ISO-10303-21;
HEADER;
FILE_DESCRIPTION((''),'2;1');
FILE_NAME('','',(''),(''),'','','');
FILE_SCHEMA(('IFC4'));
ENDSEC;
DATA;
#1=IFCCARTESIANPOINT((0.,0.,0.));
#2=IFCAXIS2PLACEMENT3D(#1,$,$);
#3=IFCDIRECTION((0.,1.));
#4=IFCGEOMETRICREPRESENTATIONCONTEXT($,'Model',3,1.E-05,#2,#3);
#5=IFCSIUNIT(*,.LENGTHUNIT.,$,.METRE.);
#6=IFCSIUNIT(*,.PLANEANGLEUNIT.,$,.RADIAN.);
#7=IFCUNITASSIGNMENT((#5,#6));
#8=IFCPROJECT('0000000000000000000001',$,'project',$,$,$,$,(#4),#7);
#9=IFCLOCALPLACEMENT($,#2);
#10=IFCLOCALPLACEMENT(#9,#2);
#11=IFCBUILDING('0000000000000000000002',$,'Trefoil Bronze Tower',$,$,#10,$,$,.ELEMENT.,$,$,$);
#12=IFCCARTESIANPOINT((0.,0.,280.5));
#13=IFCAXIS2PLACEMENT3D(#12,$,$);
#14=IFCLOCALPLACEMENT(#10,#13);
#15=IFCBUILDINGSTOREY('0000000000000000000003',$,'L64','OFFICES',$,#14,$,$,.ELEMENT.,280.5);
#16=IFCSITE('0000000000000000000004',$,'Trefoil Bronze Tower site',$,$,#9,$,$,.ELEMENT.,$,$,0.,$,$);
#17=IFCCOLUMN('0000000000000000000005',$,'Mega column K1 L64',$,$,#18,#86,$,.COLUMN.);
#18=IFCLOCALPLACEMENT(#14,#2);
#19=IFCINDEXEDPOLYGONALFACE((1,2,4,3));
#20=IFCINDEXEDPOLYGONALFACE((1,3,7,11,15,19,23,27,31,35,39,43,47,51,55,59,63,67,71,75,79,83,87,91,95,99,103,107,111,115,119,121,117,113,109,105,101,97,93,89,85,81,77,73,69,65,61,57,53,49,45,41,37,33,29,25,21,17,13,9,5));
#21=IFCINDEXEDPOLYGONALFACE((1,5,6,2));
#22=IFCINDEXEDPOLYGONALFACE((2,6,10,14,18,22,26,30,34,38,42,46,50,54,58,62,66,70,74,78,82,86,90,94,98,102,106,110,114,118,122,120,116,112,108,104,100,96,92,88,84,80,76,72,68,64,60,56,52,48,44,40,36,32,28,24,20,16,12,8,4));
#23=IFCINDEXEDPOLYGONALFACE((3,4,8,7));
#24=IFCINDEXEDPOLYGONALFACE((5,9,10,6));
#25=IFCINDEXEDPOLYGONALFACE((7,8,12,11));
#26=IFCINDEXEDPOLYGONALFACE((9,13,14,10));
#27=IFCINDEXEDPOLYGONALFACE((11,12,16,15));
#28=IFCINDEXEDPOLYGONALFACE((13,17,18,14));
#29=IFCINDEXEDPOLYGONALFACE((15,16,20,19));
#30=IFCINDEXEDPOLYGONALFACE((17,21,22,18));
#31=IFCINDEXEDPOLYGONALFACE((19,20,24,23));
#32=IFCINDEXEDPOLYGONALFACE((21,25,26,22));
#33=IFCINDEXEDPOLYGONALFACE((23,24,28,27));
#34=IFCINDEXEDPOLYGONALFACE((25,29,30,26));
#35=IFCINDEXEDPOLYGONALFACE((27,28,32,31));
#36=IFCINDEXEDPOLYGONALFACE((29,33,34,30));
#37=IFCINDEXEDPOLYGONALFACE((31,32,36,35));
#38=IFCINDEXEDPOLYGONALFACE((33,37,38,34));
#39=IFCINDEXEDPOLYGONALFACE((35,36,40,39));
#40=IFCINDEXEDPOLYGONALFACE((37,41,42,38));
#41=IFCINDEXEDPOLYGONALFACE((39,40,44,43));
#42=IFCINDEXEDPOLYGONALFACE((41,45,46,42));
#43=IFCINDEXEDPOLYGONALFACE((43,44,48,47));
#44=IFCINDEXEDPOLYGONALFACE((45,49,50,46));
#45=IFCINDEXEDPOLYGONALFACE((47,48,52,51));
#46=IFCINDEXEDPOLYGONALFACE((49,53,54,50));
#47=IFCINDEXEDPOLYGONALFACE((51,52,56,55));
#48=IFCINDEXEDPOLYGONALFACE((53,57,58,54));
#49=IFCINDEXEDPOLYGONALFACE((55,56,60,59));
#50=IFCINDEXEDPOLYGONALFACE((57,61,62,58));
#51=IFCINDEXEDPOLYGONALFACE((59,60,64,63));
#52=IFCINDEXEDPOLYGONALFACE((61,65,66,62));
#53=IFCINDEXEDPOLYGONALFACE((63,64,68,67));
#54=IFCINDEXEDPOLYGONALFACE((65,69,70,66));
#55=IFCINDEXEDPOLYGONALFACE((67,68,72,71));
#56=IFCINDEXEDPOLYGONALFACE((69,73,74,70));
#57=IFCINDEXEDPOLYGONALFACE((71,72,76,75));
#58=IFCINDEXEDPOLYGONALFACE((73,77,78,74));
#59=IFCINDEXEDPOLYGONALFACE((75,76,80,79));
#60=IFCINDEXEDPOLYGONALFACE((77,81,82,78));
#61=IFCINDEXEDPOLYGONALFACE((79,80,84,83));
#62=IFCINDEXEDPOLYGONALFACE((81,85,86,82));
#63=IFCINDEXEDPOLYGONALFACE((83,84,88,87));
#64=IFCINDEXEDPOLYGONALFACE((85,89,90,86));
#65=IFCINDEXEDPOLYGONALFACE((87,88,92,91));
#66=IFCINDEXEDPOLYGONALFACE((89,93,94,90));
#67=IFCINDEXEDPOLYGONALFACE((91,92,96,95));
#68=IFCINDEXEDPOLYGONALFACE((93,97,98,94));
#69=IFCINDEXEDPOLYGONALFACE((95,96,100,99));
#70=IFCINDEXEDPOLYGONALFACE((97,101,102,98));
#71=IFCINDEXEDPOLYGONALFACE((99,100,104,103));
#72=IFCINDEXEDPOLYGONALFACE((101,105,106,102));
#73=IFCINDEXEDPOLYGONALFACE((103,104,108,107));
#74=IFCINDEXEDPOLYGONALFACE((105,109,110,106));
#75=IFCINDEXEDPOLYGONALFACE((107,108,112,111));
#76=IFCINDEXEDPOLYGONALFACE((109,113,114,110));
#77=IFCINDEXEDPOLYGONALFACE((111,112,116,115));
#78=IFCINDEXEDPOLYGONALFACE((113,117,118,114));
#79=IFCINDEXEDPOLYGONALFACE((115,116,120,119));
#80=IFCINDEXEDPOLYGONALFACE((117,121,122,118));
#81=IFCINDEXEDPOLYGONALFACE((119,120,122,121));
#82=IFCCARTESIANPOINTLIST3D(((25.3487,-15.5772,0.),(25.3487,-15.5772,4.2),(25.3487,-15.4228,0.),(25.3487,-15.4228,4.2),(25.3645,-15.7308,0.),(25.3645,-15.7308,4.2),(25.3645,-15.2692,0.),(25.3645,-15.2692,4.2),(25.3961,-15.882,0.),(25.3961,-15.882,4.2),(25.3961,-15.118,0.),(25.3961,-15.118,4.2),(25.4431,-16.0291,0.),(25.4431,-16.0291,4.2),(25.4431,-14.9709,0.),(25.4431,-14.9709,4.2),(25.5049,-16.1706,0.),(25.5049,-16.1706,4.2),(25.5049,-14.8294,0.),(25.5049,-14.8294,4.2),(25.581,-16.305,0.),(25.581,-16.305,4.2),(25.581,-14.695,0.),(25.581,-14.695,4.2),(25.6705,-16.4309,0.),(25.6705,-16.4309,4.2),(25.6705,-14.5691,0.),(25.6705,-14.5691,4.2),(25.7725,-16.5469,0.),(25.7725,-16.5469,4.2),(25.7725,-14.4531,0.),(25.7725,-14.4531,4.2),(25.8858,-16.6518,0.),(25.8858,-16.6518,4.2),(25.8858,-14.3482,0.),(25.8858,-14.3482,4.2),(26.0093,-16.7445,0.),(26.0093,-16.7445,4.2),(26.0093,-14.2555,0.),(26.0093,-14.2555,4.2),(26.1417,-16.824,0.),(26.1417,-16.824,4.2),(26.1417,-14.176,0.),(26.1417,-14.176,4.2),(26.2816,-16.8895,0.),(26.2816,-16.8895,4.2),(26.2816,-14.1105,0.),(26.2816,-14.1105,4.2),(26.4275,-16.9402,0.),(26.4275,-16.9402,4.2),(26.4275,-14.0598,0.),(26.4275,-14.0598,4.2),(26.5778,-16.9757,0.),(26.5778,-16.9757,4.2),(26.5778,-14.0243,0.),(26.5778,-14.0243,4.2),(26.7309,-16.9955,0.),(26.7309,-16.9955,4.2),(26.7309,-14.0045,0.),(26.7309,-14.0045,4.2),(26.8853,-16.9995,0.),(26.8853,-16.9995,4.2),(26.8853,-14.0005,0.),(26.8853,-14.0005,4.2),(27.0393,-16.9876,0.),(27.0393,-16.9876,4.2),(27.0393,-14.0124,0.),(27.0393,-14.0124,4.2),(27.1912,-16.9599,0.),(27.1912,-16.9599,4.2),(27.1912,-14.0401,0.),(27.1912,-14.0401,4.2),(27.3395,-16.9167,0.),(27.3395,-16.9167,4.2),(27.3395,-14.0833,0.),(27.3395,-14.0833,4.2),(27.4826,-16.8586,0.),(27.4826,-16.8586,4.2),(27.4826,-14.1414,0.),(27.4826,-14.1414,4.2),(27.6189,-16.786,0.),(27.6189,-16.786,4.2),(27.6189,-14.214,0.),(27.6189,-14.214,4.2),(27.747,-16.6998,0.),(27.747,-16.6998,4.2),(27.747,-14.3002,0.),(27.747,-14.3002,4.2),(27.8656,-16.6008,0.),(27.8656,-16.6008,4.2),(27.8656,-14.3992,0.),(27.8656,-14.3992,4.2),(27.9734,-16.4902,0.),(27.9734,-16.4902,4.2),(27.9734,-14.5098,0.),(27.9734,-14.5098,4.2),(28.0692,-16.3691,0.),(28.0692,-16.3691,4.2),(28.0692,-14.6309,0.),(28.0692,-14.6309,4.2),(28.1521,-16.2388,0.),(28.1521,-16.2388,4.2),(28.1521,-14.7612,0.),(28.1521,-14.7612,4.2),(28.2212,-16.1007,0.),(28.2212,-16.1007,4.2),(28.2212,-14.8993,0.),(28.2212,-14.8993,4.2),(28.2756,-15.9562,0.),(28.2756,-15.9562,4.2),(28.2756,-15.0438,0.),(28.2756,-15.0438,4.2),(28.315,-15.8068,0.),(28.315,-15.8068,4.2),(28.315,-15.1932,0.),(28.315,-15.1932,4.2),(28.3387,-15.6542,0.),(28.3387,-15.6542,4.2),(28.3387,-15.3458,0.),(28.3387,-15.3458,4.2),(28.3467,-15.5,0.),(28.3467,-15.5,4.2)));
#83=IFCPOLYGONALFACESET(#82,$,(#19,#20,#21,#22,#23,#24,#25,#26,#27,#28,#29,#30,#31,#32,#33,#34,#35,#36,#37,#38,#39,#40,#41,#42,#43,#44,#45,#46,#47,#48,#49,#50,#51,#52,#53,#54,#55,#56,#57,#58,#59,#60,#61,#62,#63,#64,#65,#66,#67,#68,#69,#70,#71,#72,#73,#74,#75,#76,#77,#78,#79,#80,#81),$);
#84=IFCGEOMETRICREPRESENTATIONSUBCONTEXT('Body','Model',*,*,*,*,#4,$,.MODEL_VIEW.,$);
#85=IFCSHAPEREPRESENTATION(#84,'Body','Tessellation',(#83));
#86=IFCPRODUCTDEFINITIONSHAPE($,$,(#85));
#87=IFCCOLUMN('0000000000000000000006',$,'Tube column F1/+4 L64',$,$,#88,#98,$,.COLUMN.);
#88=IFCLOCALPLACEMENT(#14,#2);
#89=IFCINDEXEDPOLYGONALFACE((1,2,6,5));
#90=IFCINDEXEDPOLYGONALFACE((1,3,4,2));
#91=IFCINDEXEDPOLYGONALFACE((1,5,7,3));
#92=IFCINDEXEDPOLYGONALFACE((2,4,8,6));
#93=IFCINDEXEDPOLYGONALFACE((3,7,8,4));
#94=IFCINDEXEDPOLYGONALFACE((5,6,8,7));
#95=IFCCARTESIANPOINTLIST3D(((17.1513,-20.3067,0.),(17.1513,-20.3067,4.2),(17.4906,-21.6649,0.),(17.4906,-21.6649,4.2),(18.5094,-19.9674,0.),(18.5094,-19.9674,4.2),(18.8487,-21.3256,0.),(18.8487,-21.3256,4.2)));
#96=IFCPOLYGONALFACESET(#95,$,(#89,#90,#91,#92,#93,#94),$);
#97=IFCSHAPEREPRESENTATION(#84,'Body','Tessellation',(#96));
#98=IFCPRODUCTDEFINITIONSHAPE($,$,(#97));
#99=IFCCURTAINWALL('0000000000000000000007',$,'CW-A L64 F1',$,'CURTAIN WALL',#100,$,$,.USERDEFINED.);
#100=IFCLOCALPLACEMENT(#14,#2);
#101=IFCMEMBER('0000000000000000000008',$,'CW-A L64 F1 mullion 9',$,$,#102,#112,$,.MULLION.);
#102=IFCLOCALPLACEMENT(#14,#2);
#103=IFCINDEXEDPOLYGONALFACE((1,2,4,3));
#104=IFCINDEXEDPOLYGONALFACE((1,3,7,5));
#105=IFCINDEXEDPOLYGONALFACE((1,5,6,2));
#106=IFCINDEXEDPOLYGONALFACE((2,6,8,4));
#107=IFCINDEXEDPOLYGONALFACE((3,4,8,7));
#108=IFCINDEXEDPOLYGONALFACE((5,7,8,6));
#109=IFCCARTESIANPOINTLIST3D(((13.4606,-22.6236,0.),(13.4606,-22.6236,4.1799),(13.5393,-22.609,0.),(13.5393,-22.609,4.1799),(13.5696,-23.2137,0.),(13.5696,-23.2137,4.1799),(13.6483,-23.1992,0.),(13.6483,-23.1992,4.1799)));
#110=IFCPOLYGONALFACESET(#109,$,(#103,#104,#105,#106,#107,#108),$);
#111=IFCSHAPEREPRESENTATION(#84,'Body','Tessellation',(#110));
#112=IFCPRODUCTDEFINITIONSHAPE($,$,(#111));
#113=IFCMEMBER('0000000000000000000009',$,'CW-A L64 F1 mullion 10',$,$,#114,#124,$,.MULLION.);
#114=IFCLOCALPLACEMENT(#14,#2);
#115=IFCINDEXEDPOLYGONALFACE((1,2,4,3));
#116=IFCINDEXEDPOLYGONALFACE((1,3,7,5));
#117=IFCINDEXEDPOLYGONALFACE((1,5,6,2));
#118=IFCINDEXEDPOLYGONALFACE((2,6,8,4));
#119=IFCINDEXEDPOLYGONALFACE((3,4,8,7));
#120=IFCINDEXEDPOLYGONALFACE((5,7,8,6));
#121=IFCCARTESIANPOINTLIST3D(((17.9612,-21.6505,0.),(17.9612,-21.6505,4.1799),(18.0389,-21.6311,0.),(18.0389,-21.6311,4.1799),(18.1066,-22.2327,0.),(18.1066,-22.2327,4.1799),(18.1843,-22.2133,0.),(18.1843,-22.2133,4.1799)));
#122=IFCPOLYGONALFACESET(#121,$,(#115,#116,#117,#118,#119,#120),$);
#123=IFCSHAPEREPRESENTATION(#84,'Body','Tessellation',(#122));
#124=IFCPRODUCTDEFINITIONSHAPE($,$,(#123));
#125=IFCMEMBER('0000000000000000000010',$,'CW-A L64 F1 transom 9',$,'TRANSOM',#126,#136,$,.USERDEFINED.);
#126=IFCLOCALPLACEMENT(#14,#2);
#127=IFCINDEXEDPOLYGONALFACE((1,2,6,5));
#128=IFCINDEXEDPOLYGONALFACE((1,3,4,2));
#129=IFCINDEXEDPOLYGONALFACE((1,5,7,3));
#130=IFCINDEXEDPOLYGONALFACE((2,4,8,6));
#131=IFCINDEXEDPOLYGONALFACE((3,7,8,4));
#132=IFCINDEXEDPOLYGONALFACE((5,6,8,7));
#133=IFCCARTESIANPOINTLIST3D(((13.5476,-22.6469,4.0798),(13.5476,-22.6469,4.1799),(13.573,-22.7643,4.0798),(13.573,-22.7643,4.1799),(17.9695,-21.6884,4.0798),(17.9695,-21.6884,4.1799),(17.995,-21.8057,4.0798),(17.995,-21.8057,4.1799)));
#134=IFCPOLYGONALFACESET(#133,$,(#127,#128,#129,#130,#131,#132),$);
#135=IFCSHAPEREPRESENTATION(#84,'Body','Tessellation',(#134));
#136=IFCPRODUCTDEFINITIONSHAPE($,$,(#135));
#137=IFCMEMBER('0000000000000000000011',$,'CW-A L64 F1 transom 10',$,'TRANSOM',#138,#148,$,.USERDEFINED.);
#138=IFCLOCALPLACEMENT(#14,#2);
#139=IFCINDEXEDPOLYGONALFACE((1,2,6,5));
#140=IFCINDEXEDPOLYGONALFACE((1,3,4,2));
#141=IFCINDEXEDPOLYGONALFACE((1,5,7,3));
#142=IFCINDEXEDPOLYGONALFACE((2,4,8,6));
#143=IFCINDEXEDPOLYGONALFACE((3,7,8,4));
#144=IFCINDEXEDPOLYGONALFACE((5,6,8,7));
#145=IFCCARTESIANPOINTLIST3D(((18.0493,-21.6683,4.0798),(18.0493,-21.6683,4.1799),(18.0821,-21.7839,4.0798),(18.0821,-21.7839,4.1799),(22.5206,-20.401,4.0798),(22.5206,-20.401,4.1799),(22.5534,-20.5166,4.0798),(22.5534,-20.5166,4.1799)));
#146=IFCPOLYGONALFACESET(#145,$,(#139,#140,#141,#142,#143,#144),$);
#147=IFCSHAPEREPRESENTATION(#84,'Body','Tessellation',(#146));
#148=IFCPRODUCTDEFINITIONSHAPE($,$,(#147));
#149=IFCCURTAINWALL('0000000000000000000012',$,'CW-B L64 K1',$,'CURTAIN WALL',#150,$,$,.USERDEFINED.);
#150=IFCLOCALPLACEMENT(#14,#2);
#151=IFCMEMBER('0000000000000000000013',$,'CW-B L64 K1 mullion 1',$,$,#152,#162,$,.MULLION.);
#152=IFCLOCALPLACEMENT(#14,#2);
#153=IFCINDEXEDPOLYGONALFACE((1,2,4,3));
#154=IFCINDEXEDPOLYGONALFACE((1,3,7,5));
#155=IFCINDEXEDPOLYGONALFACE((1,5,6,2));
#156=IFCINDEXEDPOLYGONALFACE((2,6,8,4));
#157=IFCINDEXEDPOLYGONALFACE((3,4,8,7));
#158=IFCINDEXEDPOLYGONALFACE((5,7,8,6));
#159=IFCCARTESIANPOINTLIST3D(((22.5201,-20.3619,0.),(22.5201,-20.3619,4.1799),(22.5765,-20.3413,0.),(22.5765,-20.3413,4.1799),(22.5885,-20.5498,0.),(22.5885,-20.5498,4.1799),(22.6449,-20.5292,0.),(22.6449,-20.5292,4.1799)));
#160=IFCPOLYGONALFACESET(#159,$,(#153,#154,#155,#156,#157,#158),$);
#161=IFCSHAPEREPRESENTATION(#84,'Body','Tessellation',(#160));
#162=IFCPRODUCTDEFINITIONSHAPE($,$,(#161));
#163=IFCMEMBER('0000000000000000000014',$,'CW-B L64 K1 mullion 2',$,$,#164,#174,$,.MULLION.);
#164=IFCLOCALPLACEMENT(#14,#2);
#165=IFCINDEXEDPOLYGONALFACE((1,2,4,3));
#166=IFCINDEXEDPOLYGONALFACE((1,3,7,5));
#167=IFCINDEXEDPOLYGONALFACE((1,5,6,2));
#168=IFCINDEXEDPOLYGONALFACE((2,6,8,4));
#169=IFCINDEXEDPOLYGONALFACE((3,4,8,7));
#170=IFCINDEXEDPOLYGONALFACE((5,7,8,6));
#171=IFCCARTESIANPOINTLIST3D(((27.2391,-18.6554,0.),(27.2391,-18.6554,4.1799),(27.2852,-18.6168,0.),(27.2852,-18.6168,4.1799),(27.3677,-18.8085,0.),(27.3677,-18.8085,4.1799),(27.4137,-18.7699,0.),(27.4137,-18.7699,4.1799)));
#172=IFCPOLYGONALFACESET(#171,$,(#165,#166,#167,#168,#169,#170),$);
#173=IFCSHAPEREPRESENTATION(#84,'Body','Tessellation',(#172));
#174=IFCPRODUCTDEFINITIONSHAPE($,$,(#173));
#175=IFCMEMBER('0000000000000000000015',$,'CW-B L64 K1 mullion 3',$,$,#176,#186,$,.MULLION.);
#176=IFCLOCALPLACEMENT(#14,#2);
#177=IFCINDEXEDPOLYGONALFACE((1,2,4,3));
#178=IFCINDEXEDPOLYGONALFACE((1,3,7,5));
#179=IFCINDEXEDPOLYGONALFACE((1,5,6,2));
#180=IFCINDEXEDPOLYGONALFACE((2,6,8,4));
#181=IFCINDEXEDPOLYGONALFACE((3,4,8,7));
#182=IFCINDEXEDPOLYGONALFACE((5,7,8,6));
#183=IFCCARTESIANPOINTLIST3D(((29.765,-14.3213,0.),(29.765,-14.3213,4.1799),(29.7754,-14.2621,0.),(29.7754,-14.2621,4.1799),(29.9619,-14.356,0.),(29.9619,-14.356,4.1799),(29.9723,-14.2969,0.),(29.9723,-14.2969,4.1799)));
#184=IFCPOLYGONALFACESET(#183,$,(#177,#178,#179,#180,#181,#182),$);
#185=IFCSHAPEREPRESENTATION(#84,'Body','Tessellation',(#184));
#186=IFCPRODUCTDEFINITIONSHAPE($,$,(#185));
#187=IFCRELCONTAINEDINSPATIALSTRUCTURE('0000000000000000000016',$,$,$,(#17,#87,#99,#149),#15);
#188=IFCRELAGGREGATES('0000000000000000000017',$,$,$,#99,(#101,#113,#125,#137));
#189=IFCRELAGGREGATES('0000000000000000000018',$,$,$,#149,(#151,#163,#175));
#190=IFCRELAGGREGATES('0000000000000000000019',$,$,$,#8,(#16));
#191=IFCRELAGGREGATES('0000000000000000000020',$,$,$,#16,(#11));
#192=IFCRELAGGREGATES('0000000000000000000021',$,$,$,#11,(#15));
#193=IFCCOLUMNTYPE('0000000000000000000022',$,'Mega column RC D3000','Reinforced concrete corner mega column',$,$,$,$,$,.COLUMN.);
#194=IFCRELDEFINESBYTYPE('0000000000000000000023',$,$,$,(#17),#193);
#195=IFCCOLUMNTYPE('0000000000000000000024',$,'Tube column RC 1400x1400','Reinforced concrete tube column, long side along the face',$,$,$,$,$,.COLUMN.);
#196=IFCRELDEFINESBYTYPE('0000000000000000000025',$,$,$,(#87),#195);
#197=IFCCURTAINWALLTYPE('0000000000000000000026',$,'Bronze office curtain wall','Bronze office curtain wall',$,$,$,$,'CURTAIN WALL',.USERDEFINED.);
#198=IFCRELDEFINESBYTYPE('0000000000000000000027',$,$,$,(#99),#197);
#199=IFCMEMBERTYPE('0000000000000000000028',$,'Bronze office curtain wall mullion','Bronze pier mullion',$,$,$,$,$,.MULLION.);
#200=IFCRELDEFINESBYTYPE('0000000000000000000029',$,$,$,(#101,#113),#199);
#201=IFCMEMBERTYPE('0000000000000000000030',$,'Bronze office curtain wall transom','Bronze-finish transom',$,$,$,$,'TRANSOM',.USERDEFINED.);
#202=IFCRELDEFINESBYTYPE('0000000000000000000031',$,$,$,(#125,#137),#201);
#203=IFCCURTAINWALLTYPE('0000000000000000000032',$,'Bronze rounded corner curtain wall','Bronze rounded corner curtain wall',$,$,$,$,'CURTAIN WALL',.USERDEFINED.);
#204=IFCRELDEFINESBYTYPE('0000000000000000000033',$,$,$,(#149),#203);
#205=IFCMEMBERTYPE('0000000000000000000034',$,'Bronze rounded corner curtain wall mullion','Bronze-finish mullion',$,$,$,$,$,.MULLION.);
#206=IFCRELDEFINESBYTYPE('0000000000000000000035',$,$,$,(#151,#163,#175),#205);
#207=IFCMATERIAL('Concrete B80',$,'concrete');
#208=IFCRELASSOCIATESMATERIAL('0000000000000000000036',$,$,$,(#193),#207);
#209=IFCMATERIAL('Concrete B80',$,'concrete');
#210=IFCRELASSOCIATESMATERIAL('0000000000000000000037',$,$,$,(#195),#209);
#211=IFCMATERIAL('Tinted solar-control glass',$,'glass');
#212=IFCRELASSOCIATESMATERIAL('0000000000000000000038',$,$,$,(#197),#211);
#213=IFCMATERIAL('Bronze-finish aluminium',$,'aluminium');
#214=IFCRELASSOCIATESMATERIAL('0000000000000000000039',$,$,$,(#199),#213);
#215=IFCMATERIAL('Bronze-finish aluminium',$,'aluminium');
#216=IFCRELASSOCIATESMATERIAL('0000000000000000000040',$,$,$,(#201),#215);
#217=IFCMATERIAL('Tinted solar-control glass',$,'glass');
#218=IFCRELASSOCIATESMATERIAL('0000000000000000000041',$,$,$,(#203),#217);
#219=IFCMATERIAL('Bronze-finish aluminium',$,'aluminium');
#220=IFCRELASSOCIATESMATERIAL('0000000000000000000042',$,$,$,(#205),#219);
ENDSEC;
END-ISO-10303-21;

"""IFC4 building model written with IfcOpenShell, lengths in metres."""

from ifc_helpers import new_model, si_unit, direction, frame, origin, origin_2d, place, context, subcontext, project, spatial, rectangle, circle, extrude, material, material_profile, profile_set, type_object, element, aggregate, save


model = new_model("IFC4")

# Units and contexts
model_context = context("Model", 3, precision=1e-05, world=origin(), true_north=direction((0.0, 1.0)))
body_context = subcontext(model_context, "Body", "Model", "MODEL_VIEW")
ifc_project = project(units=[si_unit("LENGTHUNIT", "METRE"), si_unit("PLANEANGLEUNIT", "RADIAN")], contexts=[model_context])

# Site, building, storey
site_placement = place(None, origin())
site = spatial("IfcSite", under=ifc_project, at=site_placement, Name="Trefoil Bronze Tower site", CompositionType="ELEMENT", RefElevation=0.0)
building_placement = place(site_placement, origin())
building = spatial("IfcBuilding", under=site, at=building_placement, Name="Trefoil Bronze Tower", CompositionType="ELEMENT")
storey_placement = place(building_placement, frame((0.0, 0.0, 280.5)))
storey = spatial("IfcBuildingStorey", under=building, at=storey_placement, Name="L64", Description="OFFICES", CompositionType="ELEMENT", Elevation=280.5)

# Columns
ifc_material_1 = material(Name="Concrete B80", Category="concrete")
ifc_material_profile_1 = material_profile(ifc_material_1, circle(Radius=1.5, at=origin_2d()), Name="RC D3000")
ifc_profile_set_1 = profile_set([ifc_material_profile_1], Name="Concrete B80")
column_type_1 = type_object("IfcColumnType", Name="Mega column RC D3000", Description="Reinforced concrete corner mega column", PredefinedType="COLUMN", material=ifc_profile_set_1)
column_1_placement = place(storey_placement, frame((26.8467, -15.5, 0.0), z_axis=(0.0, 0.0, 1.0), x_axis=(1.0, 0.0, 0.0)))
element("IfcColumn", 1, at=column_1_placement, inside=storey, type_object=column_type_1, Name="Mega column K1 L64", PredefinedType="COLUMN", context=body_context, shape_type="SweptSolid", body=[
    extrude(circle(Radius=1.5, at=origin_2d()), origin(), (0.0, 0.0, 1.0), 4.2),
])
ifc_material_2 = material(Name="Concrete B80", Category="concrete")
ifc_material_profile_2 = material_profile(ifc_material_2, rectangle(XDim=1.3999, YDim=1.3999, at=origin_2d()), Name="RC 1400x1400")
ifc_profile_set_2 = profile_set([ifc_material_profile_2], Name="Concrete B80")
column_type_2 = type_object("IfcColumnType", Name="Tube column RC 1400x1400", Description="Reinforced concrete tube column, long side along the face", PredefinedType="COLUMN", material=ifc_profile_set_2)
column_2_placement = place(storey_placement, frame((18.0, -20.8162, 0.0), z_axis=(0.0, 0.0, 1.0), x_axis=(0.970178, 0.242394, 0.0)))
element("IfcColumn", 2, at=column_2_placement, inside=storey, type_object=column_type_2, Name="Tube column F1/+4 L64", PredefinedType="COLUMN", context=body_context, shape_type="SweptSolid", body=[
    extrude(rectangle(XDim=1.3999, YDim=1.3999, at=origin_2d()), origin(), (0.0, 0.0, 1.0), 4.2),
])

# Curtain walls, members
ifc_material_3 = material(Name="Tinted solar-control glass", Category="glass")
curtain_wall_type_1 = type_object("IfcCurtainWallType", Name="Bronze office curtain wall", Description="Bronze office curtain wall", ElementType="CURTAIN WALL", PredefinedType="USERDEFINED", material=ifc_material_3)
curtain_wall_1_placement = place(storey_placement, origin())
curtain_wall_1 = element("IfcCurtainWall", 3, at=curtain_wall_1_placement, inside=storey, type_object=curtain_wall_type_1, Name="CW-A L64 F1", ObjectType="CURTAIN WALL", PredefinedType="USERDEFINED")
ifc_material_4 = material(Name="Bronze-finish aluminium", Category="aluminium")
ifc_material_profile_3 = material_profile(ifc_material_4, rectangle(XDim=0.6001, YDim=0.0801, at=origin_2d()), Name="CW-A mullion")
ifc_profile_set_3 = profile_set([ifc_material_profile_3], Name="Bronze-finish aluminium")
member_type_1 = type_object("IfcMemberType", Name="Bronze office curtain wall mullion", Description="Bronze pier mullion", PredefinedType="MULLION", material=ifc_profile_set_3)
member_1_placement = place(storey_placement, frame((13.5544, -22.9114, 0.0), z_axis=(0.0, 0.0, 1.0), x_axis=(-0.181667, 0.98336, 0.0)))
member_1 = element("IfcMember", 4, at=member_1_placement, type_object=member_type_1, Name="CW-A L64 F1 mullion 9", PredefinedType="MULLION", context=body_context, shape_type="SweptSolid", body=[
    extrude(rectangle(XDim=0.6001, YDim=0.0801, at=origin_2d()), origin(), (0.0, 0.0, 1.0), 4.1799),
])
member_2_placement = place(storey_placement, frame((18.0728, -21.9319, 0.0), z_axis=(0.0, 0.0, 1.0), x_axis=(-0.242394, 0.970178, 0.0)))
member_2 = element("IfcMember", 5, at=member_2_placement, type_object=member_type_1, Name="CW-A L64 F1 mullion 10", PredefinedType="MULLION", context=body_context, shape_type="SweptSolid", body=[
    extrude(rectangle(XDim=0.6001, YDim=0.0801, at=origin_2d()), origin(), (0.0, 0.0, 1.0), 4.1799),
])
ifc_material_5 = material(Name="Bronze-finish aluminium", Category="aluminium")
ifc_material_profile_4 = material_profile(ifc_material_5, rectangle(XDim=0.1201, YDim=0.1001, at=origin_2d()), Name="CW-A transom")
ifc_profile_set_4 = profile_set([ifc_material_profile_4], Name="Bronze-finish aluminium")
member_type_2 = type_object("IfcMemberType", Name="Bronze office curtain wall transom", Description="Bronze-finish transom", ElementType="TRANSOM", PredefinedType="USERDEFINED", material=ifc_profile_set_4)
member_3_placement = place(storey_placement, frame((13.5603, -22.7056, 4.1299), z_axis=(0.977304, 0.211843, 0.0), x_axis=(-0.211843, 0.977304, 0.0)))
member_3 = element("IfcMember", 6, at=member_3_placement, type_object=member_type_2, Name="CW-A L64 F1 transom 9", ObjectType="TRANSOM", PredefinedType="USERDEFINED", context=body_context, shape_type="SweptSolid", body=[
    extrude(rectangle(XDim=0.1201, YDim=0.1001, at=origin_2d()), origin(), (0.0, 0.0, 1.0), 4.5247),
])
member_4_placement = place(storey_placement, frame((18.0657, -21.7261, 4.1299), z_axis=(0.962103, 0.272688, 0.0), x_axis=(-0.272688, 0.962103, 0.0)))
member_4 = element("IfcMember", 7, at=member_4_placement, type_object=member_type_2, Name="CW-A L64 F1 transom 10", ObjectType="TRANSOM", PredefinedType="USERDEFINED", context=body_context, shape_type="SweptSolid", body=[
    extrude(rectangle(XDim=0.1201, YDim=0.1001, at=origin_2d()), origin(), (0.0, 0.0, 1.0), 4.6475),
])
ifc_material_6 = material(Name="Tinted solar-control glass", Category="glass")
curtain_wall_type_2 = type_object("IfcCurtainWallType", Name="Bronze rounded corner curtain wall", Description="Bronze rounded corner curtain wall", ElementType="CURTAIN WALL", PredefinedType="USERDEFINED", material=ifc_material_6)
curtain_wall_2_placement = place(storey_placement, origin())
curtain_wall_2 = element("IfcCurtainWall", 8, at=curtain_wall_2_placement, inside=storey, type_object=curtain_wall_type_2, Name="CW-B L64 K1", ObjectType="CURTAIN WALL", PredefinedType="USERDEFINED")
ifc_material_7 = material(Name="Bronze-finish aluminium", Category="aluminium")
ifc_material_profile_5 = material_profile(ifc_material_7, rectangle(XDim=0.2, YDim=0.0601, at=origin_2d()), Name="CW-B mullion")
ifc_profile_set_5 = profile_set([ifc_material_profile_5], Name="Bronze-finish aluminium")
member_type_3 = type_object("IfcMemberType", Name="Bronze rounded corner curtain wall mullion", Description="Bronze-finish mullion", PredefinedType="MULLION", material=ifc_profile_set_5)
member_5_placement = place(storey_placement, frame((22.5825, -20.4456, 0.0), z_axis=(0.0, 0.0, 1.0), x_axis=(-0.34202, 0.939693, 0.0)))
member_5 = element("IfcMember", 9, at=member_5_placement, type_object=member_type_3, Name="CW-B L64 K1 mullion 1", PredefinedType="MULLION", context=body_context, shape_type="SweptSolid", body=[
    extrude(rectangle(XDim=0.2, YDim=0.0601, at=origin_2d()), origin(), (0.0, 0.0, 1.0), 4.1799),
])
member_6_placement = place(storey_placement, frame((27.3264, -18.7126, 0.0), z_axis=(0.0, 0.0, 1.0), x_axis=(-0.642788, 0.766044, 0.0)))
member_6 = element("IfcMember", 10, at=member_6_placement, type_object=member_type_3, Name="CW-B L64 K1 mullion 2", PredefinedType="MULLION", context=body_context, shape_type="SweptSolid", body=[
    extrude(rectangle(XDim=0.2, YDim=0.0601, at=origin_2d()), origin(), (0.0, 0.0, 1.0), 4.1799),
])
member_7_placement = place(storey_placement, frame((29.8687, -14.3091, 0.0), z_axis=(0.0, 0.0, 1.0), x_axis=(-0.984808, 0.173648, 0.0)))
member_7 = element("IfcMember", 11, at=member_7_placement, type_object=member_type_3, Name="CW-B L64 K1 mullion 3", PredefinedType="MULLION", context=body_context, shape_type="SweptSolid", body=[
    extrude(rectangle(XDim=0.2, YDim=0.0601, at=origin_2d()), origin(), (0.0, 0.0, 1.0), 4.1799),
])

aggregate(curtain_wall_1, [member_1, member_2, member_3, member_4])
aggregate(curtain_wall_2, [member_5, member_6, member_7])

save(model, "model.ifc")
